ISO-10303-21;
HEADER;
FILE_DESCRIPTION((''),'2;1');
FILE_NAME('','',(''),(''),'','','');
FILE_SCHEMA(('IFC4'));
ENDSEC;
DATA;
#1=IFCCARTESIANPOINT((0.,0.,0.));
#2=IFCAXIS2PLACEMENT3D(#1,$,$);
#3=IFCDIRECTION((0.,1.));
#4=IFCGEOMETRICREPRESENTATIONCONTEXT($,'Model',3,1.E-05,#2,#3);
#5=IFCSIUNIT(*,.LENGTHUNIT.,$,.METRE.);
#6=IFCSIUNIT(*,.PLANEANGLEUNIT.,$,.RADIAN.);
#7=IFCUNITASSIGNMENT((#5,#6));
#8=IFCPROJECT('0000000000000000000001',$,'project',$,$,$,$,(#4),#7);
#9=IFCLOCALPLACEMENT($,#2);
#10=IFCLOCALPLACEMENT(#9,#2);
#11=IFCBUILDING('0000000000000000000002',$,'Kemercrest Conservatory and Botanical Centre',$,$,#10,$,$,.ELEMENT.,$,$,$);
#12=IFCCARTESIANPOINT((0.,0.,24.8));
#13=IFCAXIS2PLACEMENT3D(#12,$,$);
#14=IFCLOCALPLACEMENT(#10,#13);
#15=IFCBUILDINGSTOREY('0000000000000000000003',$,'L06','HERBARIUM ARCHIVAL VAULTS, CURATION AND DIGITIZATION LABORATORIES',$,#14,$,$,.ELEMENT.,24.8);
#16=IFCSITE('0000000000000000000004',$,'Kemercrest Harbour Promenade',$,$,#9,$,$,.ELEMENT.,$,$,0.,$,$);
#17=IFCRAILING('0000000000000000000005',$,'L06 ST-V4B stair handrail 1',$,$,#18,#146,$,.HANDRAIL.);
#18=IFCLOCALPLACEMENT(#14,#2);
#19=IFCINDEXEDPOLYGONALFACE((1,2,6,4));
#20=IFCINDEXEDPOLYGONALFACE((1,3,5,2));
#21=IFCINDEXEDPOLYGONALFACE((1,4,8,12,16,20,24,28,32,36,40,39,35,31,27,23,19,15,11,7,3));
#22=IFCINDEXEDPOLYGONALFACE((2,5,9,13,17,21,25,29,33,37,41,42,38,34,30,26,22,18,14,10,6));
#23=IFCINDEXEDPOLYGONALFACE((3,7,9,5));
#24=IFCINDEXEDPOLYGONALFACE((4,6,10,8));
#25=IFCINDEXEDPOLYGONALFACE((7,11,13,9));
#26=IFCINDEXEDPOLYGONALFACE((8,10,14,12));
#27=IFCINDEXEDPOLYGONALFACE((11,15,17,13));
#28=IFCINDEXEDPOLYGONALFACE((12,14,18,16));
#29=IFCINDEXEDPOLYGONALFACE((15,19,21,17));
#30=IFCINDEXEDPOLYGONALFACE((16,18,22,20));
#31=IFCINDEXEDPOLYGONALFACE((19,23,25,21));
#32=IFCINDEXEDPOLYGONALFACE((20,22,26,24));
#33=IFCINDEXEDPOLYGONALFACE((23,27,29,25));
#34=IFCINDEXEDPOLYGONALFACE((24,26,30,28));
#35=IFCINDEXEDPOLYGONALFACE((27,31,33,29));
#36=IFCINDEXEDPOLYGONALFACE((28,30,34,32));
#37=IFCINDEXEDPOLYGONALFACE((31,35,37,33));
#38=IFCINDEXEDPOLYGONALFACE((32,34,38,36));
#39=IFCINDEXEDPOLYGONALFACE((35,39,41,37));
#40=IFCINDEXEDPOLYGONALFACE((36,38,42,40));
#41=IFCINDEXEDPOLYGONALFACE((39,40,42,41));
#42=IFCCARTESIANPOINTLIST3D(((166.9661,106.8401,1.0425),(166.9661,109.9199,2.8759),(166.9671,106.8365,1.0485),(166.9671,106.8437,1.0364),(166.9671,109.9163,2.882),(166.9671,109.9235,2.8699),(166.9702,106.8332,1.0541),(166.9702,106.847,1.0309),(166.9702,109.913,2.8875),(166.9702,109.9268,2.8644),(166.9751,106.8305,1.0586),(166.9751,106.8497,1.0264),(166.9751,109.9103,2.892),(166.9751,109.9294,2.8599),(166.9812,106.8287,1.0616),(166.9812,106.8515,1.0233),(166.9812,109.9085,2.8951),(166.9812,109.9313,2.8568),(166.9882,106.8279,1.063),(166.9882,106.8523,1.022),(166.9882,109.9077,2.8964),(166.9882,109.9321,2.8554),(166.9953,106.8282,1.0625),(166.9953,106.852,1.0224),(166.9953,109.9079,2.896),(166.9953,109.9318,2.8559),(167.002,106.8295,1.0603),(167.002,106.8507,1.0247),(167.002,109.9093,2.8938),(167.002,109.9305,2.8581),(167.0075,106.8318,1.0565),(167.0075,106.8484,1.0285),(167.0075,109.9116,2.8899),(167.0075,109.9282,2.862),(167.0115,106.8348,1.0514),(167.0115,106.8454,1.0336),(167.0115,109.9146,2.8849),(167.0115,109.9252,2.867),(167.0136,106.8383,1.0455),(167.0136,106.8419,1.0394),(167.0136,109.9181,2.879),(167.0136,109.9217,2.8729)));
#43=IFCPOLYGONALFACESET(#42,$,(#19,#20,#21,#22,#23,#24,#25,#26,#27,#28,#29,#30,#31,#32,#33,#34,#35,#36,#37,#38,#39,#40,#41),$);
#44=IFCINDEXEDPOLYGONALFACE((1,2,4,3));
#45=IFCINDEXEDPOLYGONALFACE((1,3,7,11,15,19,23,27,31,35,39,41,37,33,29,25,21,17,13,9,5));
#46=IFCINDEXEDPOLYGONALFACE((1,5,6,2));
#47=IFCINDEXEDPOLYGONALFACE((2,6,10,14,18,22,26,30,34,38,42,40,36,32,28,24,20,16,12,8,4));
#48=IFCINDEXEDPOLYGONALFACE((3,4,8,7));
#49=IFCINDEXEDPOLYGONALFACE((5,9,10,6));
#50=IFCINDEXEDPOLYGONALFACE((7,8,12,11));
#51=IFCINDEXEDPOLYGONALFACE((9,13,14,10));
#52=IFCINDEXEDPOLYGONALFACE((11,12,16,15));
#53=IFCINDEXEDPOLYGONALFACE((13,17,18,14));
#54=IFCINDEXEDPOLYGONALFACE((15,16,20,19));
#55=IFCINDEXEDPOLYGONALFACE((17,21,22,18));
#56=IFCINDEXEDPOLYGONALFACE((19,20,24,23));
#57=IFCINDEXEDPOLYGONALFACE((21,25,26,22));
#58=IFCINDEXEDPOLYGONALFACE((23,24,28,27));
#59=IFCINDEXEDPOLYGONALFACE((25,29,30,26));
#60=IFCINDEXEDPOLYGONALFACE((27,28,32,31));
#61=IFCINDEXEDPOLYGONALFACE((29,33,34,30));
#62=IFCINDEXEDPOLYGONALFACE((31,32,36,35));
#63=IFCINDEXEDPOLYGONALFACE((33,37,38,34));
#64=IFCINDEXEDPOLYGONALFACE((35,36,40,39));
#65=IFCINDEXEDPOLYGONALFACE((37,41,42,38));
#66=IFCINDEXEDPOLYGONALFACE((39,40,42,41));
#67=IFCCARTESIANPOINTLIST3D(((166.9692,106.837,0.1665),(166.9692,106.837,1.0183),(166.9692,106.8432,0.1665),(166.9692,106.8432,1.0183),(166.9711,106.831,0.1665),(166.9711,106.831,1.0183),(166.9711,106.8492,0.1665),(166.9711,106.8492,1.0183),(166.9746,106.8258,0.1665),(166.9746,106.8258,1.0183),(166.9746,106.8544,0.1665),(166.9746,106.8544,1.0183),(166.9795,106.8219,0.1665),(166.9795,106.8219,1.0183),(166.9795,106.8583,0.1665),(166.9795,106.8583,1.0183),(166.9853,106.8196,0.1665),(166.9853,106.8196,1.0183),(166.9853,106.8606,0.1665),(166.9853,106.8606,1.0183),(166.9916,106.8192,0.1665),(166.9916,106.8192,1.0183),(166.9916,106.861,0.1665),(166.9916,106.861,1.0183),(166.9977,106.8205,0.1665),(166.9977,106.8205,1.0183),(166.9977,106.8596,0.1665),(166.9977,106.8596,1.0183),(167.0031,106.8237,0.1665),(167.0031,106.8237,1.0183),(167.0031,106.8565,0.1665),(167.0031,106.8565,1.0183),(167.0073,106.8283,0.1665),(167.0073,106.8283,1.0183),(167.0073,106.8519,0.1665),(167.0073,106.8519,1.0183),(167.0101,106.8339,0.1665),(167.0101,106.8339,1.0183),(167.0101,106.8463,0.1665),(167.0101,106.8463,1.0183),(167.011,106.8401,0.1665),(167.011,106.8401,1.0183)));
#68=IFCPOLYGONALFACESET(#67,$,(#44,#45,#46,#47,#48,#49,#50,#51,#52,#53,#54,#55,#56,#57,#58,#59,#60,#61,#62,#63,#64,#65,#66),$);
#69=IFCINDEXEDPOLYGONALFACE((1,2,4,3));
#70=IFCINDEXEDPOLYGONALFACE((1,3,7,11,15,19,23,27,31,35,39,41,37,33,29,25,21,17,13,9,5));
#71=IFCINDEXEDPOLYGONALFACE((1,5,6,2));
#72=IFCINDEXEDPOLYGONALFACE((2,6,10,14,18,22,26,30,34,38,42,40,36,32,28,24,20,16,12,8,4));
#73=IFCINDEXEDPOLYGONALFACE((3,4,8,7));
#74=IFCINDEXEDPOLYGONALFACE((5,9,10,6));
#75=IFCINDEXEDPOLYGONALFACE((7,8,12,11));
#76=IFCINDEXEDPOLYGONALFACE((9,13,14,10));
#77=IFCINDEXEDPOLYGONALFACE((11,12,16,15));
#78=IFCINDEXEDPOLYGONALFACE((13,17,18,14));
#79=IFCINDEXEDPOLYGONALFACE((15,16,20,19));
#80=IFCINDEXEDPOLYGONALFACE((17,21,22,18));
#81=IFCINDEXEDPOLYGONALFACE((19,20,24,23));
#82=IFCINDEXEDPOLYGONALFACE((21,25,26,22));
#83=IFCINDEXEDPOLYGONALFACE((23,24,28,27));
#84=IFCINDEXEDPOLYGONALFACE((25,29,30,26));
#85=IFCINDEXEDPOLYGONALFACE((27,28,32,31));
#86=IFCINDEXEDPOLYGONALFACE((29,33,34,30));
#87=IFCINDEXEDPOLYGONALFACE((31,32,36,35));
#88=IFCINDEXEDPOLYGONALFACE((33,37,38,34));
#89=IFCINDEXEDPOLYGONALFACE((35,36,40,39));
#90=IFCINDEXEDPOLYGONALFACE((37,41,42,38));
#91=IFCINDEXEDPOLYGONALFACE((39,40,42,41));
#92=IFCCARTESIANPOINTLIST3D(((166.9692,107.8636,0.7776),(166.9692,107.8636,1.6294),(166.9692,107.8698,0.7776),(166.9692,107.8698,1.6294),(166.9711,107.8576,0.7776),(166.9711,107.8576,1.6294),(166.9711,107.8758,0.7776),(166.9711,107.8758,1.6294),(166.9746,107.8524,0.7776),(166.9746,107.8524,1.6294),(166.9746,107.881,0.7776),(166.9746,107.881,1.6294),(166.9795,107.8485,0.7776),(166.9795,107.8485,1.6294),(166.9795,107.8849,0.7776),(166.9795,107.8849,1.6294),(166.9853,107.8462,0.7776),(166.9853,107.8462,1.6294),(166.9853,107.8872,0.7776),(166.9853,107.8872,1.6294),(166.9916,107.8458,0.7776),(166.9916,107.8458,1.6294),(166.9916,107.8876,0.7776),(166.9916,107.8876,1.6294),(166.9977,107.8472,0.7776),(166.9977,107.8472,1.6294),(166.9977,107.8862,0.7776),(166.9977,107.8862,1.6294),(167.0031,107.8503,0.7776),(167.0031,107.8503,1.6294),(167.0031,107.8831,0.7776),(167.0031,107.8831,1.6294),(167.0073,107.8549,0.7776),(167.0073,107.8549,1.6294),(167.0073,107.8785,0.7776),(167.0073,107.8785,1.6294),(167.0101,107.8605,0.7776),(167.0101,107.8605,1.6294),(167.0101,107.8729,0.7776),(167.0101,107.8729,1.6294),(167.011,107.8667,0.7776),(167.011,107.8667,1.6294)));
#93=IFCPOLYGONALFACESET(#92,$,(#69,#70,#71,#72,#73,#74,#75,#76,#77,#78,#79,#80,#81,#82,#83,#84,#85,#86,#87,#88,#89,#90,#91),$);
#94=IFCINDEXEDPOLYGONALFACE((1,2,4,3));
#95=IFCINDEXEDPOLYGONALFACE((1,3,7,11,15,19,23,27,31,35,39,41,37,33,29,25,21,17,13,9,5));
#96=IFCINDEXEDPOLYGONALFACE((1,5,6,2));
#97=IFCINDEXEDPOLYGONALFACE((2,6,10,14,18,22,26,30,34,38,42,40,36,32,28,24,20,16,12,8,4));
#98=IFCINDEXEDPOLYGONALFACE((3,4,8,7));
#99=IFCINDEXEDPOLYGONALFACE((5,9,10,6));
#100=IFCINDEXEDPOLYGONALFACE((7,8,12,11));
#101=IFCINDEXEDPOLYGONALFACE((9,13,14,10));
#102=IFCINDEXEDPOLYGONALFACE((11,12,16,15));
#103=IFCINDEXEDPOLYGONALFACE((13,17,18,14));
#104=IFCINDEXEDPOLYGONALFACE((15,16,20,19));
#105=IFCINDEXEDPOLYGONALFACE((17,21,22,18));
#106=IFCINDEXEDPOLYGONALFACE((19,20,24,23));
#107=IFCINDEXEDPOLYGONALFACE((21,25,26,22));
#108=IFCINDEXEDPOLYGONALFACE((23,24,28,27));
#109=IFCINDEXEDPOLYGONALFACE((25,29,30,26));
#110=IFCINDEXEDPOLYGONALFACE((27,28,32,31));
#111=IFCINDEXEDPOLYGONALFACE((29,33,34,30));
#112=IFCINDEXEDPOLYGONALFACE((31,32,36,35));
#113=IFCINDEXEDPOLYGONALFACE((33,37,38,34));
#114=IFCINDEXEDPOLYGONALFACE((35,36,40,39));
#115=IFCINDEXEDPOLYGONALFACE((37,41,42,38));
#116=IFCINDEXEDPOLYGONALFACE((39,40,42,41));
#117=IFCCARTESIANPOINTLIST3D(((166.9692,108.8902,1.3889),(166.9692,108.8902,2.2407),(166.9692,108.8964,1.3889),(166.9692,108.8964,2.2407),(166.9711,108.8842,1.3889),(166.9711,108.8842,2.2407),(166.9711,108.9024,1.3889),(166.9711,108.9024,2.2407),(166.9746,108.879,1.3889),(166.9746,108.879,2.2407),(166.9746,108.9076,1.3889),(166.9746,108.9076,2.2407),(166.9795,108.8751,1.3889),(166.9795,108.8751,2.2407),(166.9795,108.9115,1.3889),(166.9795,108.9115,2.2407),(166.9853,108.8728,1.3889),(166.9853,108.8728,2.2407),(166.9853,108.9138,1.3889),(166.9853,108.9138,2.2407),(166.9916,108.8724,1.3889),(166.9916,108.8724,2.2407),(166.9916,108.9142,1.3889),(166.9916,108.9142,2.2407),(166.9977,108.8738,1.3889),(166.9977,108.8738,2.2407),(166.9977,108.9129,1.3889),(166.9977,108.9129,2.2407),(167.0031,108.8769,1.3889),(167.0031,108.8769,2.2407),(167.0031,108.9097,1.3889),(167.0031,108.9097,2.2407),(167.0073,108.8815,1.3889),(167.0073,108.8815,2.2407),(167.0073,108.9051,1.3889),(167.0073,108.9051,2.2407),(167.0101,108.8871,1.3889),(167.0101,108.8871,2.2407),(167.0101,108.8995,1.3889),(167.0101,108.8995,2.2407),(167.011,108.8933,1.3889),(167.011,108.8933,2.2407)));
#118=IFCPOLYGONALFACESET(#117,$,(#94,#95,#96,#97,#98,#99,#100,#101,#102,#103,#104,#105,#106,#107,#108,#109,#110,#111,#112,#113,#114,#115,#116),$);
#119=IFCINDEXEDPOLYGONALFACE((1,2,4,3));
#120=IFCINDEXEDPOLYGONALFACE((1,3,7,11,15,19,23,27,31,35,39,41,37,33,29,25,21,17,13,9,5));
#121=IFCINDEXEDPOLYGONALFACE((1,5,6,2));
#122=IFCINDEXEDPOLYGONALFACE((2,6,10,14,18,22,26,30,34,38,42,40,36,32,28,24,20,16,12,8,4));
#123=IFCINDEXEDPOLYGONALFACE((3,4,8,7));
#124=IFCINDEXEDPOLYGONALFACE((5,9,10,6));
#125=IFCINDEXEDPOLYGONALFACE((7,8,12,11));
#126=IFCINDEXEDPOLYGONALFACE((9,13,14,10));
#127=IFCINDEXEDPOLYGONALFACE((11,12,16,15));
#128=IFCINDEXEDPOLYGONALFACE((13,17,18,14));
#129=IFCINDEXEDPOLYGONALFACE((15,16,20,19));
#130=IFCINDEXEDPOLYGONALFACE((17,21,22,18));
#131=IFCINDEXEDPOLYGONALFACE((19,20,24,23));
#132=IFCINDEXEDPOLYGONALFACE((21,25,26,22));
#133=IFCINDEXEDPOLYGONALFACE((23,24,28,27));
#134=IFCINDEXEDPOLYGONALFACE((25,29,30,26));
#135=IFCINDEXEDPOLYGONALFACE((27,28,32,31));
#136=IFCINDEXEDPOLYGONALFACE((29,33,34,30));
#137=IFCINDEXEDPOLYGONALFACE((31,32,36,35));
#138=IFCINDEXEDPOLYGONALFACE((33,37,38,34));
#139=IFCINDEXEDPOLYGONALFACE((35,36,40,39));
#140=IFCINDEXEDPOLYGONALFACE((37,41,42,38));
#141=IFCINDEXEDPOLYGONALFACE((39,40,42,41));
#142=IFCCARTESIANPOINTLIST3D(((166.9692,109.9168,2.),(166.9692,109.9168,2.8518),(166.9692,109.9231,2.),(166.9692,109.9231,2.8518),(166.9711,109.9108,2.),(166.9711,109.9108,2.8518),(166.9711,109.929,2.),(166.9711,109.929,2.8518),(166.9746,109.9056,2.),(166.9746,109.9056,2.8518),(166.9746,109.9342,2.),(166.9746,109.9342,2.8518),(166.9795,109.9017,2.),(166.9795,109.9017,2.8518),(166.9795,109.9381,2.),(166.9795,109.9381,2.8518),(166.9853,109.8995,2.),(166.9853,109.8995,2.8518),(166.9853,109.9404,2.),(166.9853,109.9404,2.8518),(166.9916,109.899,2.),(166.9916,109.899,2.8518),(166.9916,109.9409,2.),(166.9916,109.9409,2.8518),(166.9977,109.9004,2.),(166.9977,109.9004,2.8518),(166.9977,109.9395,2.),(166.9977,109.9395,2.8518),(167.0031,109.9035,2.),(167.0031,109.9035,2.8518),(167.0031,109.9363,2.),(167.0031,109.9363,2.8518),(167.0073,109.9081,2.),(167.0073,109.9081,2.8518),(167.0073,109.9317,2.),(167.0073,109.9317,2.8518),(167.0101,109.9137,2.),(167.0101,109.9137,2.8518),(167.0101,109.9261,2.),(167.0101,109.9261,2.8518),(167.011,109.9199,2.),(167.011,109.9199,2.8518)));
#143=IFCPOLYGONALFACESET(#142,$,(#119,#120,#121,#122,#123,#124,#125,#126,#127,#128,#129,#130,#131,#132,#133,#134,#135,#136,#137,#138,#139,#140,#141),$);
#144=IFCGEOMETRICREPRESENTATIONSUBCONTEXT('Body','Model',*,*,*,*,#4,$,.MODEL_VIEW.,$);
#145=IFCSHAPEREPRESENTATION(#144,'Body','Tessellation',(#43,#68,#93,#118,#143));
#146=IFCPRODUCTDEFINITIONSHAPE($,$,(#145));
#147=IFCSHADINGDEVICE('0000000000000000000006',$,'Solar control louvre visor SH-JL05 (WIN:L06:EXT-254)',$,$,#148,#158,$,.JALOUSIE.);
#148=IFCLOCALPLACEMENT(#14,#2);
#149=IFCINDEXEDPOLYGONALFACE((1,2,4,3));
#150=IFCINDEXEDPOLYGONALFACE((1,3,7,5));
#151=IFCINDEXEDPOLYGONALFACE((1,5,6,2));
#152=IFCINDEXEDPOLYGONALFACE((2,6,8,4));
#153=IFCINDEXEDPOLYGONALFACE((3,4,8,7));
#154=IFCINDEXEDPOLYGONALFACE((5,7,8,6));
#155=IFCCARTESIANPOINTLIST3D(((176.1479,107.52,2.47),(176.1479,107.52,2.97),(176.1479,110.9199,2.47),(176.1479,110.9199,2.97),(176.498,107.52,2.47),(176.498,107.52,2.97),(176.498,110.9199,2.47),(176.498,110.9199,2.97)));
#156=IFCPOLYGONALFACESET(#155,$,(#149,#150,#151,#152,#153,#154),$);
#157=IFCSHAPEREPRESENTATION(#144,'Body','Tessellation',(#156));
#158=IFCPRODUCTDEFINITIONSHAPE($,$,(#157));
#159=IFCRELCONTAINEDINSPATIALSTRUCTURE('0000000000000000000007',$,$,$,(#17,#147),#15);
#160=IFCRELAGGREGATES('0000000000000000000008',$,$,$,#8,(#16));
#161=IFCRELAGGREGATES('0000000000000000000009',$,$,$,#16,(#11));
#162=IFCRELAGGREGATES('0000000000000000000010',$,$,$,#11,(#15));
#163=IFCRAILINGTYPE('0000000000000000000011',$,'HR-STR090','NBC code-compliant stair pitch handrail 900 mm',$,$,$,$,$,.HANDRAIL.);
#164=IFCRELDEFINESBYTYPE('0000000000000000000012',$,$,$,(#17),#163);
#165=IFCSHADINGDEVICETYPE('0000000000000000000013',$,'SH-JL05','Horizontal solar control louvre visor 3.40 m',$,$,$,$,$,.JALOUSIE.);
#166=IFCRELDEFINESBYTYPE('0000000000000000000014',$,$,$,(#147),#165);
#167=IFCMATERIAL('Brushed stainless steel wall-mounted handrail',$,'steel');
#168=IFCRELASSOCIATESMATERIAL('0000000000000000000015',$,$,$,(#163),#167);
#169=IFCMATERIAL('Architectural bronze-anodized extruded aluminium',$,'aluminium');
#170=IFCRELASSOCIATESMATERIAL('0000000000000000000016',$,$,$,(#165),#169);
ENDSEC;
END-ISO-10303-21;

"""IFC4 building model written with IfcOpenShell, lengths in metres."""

from ifc_helpers import new_model, si_unit, direction, frame, origin, origin_2d, place, context, subcontext, project, spatial, rectangle, circle, extrude, material, type_object, element, save


model = new_model("IFC4")

# Units and contexts
model_context = context("Model", 3, precision=1e-05, world=origin(), true_north=direction((0.0, 1.0)))
body_context = subcontext(model_context, "Body", "Model", "MODEL_VIEW")
ifc_project = project(units=[si_unit("LENGTHUNIT", "METRE"), si_unit("PLANEANGLEUNIT", "RADIAN")], contexts=[model_context])

# Site, building, storey
site_placement = place(None, origin())
site = spatial("IfcSite", under=ifc_project, at=site_placement, Name="Kemercrest Harbour Promenade", CompositionType="ELEMENT", RefElevation=0.0)
building_placement = place(site_placement, origin())
building = spatial("IfcBuilding", under=site, at=building_placement, Name="Kemercrest Conservatory and Botanical Centre", CompositionType="ELEMENT")
storey_placement = place(building_placement, frame((0.0, 0.0, 24.8)))
storey = spatial("IfcBuildingStorey", under=building, at=storey_placement, Name="L06", Description="HERBARIUM ARCHIVAL VAULTS, CURATION AND DIGITIZATION LABORATORIES", CompositionType="ELEMENT", Elevation=24.8)

# Railing
ifc_material_1 = material(Name="Brushed stainless steel wall-mounted handrail", Category="steel")
railing_type_1 = type_object("IfcRailingType", Name="HR-STR090", Description="NBC code-compliant stair pitch handrail 900 mm", PredefinedType="HANDRAIL", material=ifc_material_1)
railing_1_placement = place(storey_placement, frame((166.99, 106.8401, 0.1665)))
element("IfcRailing", 1, at=railing_1_placement, inside=storey, type_object=railing_type_1, Name="L06 ST-V4B stair handrail 1", PredefinedType="HANDRAIL", context=body_context, shape_type="SweptSolid", body=[
    extrude(circle(Radius=0.0239, at=origin_2d()), frame((0.0, 0.0, 0.876), z_axis=(0.0, 0.859261, 0.511538), x_axis=(-1.0, 0.0, 0.0)), (0.0, 0.0, 1.0), 3.5842),
    extrude(circle(Radius=0.021, at=origin_2d()), origin(), (0.0, 0.0, 1.0), 0.8518),
    extrude(circle(Radius=0.021, at=origin_2d()), frame((0.0, 1.0266, 0.6111)), (0.0, 0.0, 1.0), 0.8518),
    extrude(circle(Radius=0.021, at=origin_2d()), frame((0.0, 2.0532, 1.2224)), (0.0, 0.0, 1.0), 0.8518),
    extrude(circle(Radius=0.021, at=origin_2d()), frame((0.0, 3.0798, 1.8335)), (0.0, 0.0, 1.0), 0.8518),
])

# Shading device
ifc_material_2 = material(Name="Architectural bronze-anodized extruded aluminium", Category="aluminium")
shading_device_type = type_object("IfcShadingDeviceType", Name="SH-JL05", Description="Horizontal solar control louvre visor 3.40 m", PredefinedType="JALOUSIE", material=ifc_material_2)
shading_device_placement = place(storey_placement, frame((176.323, 109.22, 2.47), z_axis=(0.0, 0.0, 1.0), x_axis=(0.0, 1.0, 0.0)))
element("IfcShadingDevice", 2, at=shading_device_placement, inside=storey, type_object=shading_device_type, Name="Solar control louvre visor SH-JL05 (WIN:L06:EXT-254)", PredefinedType="JALOUSIE", context=body_context, shape_type="SweptSolid", body=[
    extrude(rectangle(XDim=3.3999, YDim=0.3501, at=origin_2d()), origin(), (0.0, 0.0, 1.0), 0.5),
])

save(model, "model.ifc")
